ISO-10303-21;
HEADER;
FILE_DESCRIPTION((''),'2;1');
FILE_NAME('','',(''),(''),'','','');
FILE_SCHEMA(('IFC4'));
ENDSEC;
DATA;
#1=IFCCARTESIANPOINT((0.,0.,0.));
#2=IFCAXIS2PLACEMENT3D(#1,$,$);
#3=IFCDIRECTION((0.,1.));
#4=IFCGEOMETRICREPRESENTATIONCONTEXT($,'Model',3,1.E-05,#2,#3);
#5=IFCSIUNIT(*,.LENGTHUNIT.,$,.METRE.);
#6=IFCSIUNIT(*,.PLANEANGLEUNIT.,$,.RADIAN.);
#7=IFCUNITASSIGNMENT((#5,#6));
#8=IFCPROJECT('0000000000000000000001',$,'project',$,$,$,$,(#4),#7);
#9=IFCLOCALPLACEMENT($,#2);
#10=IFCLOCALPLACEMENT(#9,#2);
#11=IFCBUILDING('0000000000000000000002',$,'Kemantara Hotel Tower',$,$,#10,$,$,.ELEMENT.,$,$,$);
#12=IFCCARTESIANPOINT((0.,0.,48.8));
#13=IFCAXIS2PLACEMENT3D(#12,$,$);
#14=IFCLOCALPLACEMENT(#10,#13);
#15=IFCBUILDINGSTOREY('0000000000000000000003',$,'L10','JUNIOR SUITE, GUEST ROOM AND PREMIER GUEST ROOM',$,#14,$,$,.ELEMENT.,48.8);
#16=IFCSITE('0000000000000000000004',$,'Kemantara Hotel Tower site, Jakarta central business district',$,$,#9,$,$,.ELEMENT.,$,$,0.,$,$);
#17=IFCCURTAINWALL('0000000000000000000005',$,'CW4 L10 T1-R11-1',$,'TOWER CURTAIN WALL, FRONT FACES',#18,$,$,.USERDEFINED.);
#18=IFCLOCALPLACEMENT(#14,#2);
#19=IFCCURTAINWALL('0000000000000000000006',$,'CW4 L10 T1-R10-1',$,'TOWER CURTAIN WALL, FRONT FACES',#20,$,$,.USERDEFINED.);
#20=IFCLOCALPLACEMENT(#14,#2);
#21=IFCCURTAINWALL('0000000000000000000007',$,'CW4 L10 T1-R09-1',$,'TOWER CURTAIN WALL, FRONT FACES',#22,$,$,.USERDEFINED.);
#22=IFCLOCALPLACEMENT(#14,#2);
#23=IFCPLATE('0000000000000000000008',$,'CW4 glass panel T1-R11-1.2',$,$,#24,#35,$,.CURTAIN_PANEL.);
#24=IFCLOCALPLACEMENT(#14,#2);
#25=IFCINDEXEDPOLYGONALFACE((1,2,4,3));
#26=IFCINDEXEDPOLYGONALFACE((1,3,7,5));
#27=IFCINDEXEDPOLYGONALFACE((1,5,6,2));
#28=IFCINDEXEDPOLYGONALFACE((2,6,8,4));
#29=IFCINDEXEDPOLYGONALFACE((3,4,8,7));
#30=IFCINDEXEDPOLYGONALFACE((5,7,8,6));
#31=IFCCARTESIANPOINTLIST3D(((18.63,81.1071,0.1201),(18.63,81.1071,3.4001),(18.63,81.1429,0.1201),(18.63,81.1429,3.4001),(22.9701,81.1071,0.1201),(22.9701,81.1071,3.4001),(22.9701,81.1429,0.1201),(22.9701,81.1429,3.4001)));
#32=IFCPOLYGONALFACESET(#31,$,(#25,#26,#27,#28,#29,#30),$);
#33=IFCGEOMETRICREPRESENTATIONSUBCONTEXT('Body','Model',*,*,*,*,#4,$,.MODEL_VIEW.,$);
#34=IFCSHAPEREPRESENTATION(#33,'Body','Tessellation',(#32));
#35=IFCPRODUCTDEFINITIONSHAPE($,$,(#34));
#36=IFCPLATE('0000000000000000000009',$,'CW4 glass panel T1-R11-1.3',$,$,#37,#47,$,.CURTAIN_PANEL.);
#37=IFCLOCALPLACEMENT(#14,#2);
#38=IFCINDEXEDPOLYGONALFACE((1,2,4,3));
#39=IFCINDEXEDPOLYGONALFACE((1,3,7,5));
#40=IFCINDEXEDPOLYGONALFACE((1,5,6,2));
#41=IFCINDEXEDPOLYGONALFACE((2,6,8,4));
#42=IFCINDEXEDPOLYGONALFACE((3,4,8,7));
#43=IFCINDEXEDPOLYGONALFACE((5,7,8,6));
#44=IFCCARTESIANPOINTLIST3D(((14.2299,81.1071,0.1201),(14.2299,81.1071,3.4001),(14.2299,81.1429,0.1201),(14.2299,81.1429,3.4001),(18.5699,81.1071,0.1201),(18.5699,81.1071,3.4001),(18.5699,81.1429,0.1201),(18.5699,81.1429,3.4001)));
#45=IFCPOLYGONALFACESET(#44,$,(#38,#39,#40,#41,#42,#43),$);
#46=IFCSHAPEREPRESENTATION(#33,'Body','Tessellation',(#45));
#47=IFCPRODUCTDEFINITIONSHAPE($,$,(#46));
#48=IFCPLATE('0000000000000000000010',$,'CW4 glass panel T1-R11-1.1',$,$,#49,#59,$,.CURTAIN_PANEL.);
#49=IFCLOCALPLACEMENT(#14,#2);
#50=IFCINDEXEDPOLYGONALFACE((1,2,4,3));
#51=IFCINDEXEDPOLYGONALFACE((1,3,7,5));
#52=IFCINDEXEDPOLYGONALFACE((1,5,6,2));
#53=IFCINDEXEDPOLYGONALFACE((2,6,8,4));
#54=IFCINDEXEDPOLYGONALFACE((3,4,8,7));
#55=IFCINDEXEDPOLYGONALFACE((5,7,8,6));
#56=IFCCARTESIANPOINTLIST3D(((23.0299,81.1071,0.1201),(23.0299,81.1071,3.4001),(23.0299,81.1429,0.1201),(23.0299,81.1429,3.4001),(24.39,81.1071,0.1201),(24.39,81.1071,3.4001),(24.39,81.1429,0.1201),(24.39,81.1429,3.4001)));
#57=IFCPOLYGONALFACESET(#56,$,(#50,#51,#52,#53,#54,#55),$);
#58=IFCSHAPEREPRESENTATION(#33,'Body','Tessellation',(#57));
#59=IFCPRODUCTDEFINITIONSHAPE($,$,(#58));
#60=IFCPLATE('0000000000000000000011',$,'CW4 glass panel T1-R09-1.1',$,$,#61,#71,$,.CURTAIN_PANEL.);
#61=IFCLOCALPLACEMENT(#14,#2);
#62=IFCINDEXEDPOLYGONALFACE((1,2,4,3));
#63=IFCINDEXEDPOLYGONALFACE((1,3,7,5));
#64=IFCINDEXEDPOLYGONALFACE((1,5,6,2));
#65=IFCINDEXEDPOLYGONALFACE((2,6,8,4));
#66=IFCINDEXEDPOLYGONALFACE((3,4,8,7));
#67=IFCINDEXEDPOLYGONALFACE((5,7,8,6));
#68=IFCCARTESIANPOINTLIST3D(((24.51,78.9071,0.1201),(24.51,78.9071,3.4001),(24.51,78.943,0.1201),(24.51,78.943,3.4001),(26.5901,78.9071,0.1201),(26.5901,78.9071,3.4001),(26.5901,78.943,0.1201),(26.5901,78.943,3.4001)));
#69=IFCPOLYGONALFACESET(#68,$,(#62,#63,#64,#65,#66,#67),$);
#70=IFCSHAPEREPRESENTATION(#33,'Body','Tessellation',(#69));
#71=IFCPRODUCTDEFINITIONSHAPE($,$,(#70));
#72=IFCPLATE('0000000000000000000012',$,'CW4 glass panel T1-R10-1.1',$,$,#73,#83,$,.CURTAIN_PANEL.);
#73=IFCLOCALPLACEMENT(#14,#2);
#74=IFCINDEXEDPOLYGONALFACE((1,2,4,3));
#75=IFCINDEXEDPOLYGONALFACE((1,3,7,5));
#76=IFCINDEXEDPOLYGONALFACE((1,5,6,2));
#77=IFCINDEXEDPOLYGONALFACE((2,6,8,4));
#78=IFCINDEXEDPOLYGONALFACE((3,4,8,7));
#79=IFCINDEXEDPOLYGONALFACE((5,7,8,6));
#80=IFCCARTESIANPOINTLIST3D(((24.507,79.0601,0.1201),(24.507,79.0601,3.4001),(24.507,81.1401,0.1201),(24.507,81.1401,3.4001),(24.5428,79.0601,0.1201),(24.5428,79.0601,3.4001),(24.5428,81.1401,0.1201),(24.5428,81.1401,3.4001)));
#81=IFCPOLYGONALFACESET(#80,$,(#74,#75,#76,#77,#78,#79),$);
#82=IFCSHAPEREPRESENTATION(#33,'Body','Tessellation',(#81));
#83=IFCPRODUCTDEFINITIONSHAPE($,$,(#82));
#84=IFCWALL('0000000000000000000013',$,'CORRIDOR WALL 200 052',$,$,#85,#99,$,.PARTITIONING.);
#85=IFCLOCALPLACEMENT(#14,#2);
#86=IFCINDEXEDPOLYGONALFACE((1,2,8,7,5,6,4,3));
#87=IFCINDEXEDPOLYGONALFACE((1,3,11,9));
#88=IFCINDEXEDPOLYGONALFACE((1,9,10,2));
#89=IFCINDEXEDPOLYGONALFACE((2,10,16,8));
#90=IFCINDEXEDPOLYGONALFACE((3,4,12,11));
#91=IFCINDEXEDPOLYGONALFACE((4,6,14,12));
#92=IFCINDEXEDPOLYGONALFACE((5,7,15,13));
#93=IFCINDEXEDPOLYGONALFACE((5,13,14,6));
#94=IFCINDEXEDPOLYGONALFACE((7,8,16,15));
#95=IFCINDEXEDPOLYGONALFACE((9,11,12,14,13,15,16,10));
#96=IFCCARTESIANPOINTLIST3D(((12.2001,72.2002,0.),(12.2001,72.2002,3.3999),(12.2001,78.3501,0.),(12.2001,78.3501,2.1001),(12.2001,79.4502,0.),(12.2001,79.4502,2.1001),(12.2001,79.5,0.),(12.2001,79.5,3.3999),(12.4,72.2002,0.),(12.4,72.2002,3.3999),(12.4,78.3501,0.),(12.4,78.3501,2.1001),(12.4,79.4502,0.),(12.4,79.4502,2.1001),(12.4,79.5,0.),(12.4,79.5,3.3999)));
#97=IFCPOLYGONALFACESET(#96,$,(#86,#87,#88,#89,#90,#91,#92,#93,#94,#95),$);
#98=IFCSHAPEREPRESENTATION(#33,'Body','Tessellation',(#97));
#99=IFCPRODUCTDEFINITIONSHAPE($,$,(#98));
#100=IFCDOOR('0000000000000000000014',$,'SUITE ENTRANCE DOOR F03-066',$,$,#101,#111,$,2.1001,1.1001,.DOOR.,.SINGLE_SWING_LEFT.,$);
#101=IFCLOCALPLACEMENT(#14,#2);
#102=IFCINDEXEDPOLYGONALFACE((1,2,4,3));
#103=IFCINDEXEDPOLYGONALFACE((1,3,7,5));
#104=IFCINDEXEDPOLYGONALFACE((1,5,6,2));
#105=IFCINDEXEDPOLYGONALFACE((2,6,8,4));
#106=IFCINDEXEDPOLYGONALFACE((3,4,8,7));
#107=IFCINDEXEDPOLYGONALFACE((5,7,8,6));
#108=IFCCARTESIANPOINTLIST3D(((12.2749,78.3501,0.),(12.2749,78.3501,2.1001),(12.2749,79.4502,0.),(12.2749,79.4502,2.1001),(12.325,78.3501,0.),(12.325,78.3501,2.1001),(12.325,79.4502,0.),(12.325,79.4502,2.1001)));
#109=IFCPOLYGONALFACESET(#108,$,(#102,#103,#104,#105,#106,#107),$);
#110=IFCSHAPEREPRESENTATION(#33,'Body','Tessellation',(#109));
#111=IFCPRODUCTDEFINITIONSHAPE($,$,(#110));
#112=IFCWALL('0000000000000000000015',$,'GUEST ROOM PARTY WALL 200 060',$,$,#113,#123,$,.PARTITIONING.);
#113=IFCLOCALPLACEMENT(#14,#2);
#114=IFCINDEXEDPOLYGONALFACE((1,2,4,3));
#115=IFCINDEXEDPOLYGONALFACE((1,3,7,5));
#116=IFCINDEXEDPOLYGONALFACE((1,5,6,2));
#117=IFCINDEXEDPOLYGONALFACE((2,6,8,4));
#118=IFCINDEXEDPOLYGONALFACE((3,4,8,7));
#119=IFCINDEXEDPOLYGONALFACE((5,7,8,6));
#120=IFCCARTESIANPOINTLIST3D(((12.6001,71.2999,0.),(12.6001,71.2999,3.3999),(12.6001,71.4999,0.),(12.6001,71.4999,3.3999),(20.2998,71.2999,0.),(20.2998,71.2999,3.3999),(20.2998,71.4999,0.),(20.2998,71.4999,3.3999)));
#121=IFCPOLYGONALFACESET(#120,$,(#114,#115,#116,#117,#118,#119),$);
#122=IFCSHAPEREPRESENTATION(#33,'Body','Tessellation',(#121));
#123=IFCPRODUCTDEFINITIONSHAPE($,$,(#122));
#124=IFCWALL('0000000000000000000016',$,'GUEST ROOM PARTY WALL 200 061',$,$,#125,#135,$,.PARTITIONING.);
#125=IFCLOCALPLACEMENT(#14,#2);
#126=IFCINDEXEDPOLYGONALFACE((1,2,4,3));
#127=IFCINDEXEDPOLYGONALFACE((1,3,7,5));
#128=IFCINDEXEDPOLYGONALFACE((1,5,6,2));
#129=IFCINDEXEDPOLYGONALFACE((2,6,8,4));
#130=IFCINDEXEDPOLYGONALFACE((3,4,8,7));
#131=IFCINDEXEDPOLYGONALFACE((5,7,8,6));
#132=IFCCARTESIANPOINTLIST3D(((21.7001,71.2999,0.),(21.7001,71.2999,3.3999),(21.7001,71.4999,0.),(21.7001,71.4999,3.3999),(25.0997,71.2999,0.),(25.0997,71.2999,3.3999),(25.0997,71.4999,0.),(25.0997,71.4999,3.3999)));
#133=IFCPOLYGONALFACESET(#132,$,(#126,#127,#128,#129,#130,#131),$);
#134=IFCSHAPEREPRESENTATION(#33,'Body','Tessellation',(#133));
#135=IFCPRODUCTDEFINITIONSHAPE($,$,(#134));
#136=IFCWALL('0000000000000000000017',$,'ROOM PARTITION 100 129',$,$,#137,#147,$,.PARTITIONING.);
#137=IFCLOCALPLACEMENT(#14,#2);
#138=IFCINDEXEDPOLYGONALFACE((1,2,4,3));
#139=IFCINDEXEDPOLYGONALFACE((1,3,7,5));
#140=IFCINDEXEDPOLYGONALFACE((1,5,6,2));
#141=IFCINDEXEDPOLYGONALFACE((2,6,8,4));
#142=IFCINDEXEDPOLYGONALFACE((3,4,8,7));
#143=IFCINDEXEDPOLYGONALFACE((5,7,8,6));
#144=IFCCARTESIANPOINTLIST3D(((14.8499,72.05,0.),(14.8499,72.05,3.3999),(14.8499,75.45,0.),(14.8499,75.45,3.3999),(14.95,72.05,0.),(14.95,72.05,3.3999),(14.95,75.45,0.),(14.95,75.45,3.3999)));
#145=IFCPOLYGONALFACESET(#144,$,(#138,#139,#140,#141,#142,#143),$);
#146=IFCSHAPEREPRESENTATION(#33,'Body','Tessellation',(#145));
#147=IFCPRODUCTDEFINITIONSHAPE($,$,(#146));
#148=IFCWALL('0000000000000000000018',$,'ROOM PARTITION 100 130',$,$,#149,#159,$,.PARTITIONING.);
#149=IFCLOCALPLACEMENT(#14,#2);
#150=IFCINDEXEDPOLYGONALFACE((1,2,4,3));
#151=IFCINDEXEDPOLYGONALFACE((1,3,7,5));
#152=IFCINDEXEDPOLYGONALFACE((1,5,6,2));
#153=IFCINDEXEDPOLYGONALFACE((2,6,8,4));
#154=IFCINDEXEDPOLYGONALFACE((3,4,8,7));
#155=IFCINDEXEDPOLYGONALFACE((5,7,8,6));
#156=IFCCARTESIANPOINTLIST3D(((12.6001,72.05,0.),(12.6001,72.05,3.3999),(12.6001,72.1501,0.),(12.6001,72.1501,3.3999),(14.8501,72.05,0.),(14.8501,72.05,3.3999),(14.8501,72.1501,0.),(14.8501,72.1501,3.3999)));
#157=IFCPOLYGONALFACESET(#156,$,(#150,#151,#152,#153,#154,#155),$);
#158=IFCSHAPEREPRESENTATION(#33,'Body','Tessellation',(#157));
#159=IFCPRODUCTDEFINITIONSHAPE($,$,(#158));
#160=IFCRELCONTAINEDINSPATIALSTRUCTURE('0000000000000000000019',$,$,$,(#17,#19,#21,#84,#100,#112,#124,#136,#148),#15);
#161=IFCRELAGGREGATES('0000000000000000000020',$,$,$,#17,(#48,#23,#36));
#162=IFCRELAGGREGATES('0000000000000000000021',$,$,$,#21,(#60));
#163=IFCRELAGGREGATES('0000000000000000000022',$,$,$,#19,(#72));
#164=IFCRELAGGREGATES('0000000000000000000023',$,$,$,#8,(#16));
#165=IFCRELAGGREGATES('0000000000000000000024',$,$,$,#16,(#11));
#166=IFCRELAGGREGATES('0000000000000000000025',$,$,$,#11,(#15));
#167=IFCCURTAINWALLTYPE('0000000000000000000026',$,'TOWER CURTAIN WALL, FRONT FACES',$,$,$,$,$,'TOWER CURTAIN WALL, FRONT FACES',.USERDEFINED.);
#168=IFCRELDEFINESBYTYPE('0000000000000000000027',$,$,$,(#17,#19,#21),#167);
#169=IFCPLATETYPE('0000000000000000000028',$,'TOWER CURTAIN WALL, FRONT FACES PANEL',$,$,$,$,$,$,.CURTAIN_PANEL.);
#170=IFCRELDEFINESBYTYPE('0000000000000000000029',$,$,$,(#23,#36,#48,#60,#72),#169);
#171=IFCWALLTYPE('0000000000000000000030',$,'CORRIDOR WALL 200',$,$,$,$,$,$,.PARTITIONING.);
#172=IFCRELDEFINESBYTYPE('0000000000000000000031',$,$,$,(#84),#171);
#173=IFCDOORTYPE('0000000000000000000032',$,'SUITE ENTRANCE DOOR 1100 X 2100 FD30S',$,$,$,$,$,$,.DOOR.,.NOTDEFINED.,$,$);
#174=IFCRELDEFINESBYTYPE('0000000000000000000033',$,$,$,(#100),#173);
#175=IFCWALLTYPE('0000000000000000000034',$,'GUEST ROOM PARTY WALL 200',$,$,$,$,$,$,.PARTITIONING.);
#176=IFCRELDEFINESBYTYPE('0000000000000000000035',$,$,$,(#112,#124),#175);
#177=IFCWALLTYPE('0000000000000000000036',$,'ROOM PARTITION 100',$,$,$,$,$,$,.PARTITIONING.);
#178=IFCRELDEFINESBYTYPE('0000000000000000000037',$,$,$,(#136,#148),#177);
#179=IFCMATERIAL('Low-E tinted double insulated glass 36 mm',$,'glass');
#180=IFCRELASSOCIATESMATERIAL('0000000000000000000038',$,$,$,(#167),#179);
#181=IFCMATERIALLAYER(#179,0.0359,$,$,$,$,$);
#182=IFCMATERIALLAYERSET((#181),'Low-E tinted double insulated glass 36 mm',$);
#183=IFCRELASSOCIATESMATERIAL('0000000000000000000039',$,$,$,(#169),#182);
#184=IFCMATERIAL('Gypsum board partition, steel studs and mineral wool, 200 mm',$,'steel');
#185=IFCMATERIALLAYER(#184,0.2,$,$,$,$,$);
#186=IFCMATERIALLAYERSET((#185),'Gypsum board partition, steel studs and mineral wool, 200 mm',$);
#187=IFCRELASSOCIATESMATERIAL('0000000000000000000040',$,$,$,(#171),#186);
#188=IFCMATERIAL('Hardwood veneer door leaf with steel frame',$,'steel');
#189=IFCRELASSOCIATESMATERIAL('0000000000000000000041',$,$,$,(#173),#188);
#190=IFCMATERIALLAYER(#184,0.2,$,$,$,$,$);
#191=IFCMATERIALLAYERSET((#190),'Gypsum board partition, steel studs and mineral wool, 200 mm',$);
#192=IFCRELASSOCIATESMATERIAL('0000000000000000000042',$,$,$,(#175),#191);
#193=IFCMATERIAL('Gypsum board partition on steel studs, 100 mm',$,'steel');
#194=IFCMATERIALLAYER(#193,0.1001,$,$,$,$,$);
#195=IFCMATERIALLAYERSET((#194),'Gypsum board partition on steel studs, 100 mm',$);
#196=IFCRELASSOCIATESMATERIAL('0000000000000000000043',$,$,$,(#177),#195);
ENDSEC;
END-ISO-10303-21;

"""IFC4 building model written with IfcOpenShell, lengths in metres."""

from ifc_helpers import new_model, si_unit, direction, frame, frame_2d, origin, origin_2d, place, context, subcontext, project, spatial, rectangle, extrude, source, transform, mapped, material, layer, layer_set, type_object, element, fill, aggregate, save


model = new_model("IFC4")

# Units and contexts
model_context = context("Model", 3, precision=1e-05, world=origin(), true_north=direction((0.0, 1.0)))
body_context = subcontext(model_context, "Body", "Model", "MODEL_VIEW")
ifc_project = project(units=[si_unit("LENGTHUNIT", "METRE"), si_unit("PLANEANGLEUNIT", "RADIAN")], contexts=[model_context])

# Site, building, storey
site_placement = place(None, origin())
site = spatial("IfcSite", under=ifc_project, at=site_placement, Name="Kemantara Hotel Tower site, Jakarta central business district", CompositionType="ELEMENT", RefElevation=0.0)
building_placement = place(site_placement, origin())
building = spatial("IfcBuilding", under=site, at=building_placement, Name="Kemantara Hotel Tower", CompositionType="ELEMENT")
storey_placement = place(building_placement, frame((0.0, 0.0, 48.8)))
storey = spatial("IfcBuildingStorey", under=building, at=storey_placement, Name="L10", Description="JUNIOR SUITE, GUEST ROOM AND PREMIER GUEST ROOM", CompositionType="ELEMENT", Elevation=48.8)

# Curtain walls
ifc_material_1 = material(Name="Low-E tinted double insulated glass 36 mm", Category="glass")
curtain_wall_type = type_object("IfcCurtainWallType", Name="TOWER CURTAIN WALL, FRONT FACES", ElementType="TOWER CURTAIN WALL, FRONT FACES", PredefinedType="USERDEFINED", material=ifc_material_1)
curtain_wall_1_placement = place(storey_placement, origin())
curtain_wall_1 = element("IfcCurtainWall", 1, at=curtain_wall_1_placement, inside=storey, type_object=curtain_wall_type, Name="CW4 L10 T1-R11-1", ObjectType="TOWER CURTAIN WALL, FRONT FACES", PredefinedType="USERDEFINED")
curtain_wall_2_placement = place(storey_placement, origin())
curtain_wall_2 = element("IfcCurtainWall", 2, at=curtain_wall_2_placement, inside=storey, type_object=curtain_wall_type, Name="CW4 L10 T1-R10-1", ObjectType="TOWER CURTAIN WALL, FRONT FACES", PredefinedType="USERDEFINED")

# Curtain wall
curtain_wall_3_placement = place(storey_placement, origin())
curtain_wall_3 = element("IfcCurtainWall", 3, at=curtain_wall_3_placement, inside=storey, type_object=curtain_wall_type, Name="CW4 L10 T1-R09-1", ObjectType="TOWER CURTAIN WALL, FRONT FACES", PredefinedType="USERDEFINED")

# Plates
ifc_layer_1 = layer(ifc_material_1, 0.0359)
ifc_layer_set_1 = layer_set([ifc_layer_1], Name="Low-E tinted double insulated glass 36 mm")
plate_type = type_object("IfcPlateType", Name="TOWER CURTAIN WALL, FRONT FACES PANEL", PredefinedType="CURTAIN_PANEL", material=ifc_layer_set_1)
shared_shape_1 = source(origin(), body_context, "Body", "SweptSolid", [
    extrude(rectangle(XDim=4.3401, YDim=0.0359, at=origin_2d()), origin(), (0.0, 0.0, 1.0), 3.28),
])
plate_1_placement = place(storey_placement, frame((20.8, 81.125, 0.1201), z_axis=(0.0, 0.0, 1.0), x_axis=(-1.0, 0.0, 0.0)))
plate_1 = element("IfcPlate", 4, at=plate_1_placement, type_object=plate_type, Name="CW4 glass panel T1-R11-1.2", PredefinedType="CURTAIN_PANEL", context=body_context, shape_type="MappedRepresentation", body=[
    mapped(shared_shape_1, transform((0.0, 0.0, 0.0))),
])
plate_2_placement = place(storey_placement, frame((16.3999, 81.125, 0.1201), z_axis=(0.0, 0.0, 1.0), x_axis=(-1.0, 0.0, 0.0)))
plate_2 = element("IfcPlate", 5, at=plate_2_placement, type_object=plate_type, Name="CW4 glass panel T1-R11-1.3", PredefinedType="CURTAIN_PANEL", context=body_context, shape_type="MappedRepresentation", body=[
    mapped(shared_shape_1, transform((0.0, 0.0, 0.0))),
])
shared_shape_2 = source(origin(), body_context, "Body", "SweptSolid", [
    extrude(rectangle(XDim=1.3601, YDim=0.0359, at=origin_2d()), origin(), (0.0, 0.0, 1.0), 3.28),
])
plate_3_placement = place(storey_placement, frame((23.71, 81.125, 0.1201), z_axis=(0.0, 0.0, 1.0), x_axis=(-1.0, 0.0, 0.0)))
plate_3 = element("IfcPlate", 6, at=plate_3_placement, type_object=plate_type, Name="CW4 glass panel T1-R11-1.1", PredefinedType="CURTAIN_PANEL", context=body_context, shape_type="MappedRepresentation", body=[
    mapped(shared_shape_2, transform((0.0, 0.0, 0.0))),
])
aggregate(curtain_wall_1, [plate_3, plate_1, plate_2])
shared_shape_3 = source(origin(), body_context, "Body", "SweptSolid", [
    extrude(rectangle(XDim=2.0801, YDim=0.0359, at=origin_2d()), origin(), (0.0, 0.0, 1.0), 3.28),
])
plate_4_placement = place(storey_placement, frame((25.55, 78.925, 0.1201), z_axis=(0.0, 0.0, 1.0), x_axis=(-1.0, 0.0, 0.0)))
plate_4 = element("IfcPlate", 7, at=plate_4_placement, type_object=plate_type, Name="CW4 glass panel T1-R09-1.1", PredefinedType="CURTAIN_PANEL", context=body_context, shape_type="MappedRepresentation", body=[
    mapped(shared_shape_3, transform((0.0, 0.0, 0.0))),
])
aggregate(curtain_wall_3, [plate_4])
plate_5_placement = place(storey_placement, frame((24.5249, 80.1001, 0.1201), z_axis=(0.0, 0.0, 1.0), x_axis=(0.0, 1.0, 0.0)))
plate_5 = element("IfcPlate", 8, at=plate_5_placement, type_object=plate_type, Name="CW4 glass panel T1-R10-1.1", PredefinedType="CURTAIN_PANEL", context=body_context, shape_type="MappedRepresentation", body=[
    mapped(shared_shape_3, transform((0.0, 0.0, 0.0))),
])
aggregate(curtain_wall_2, [plate_5])

# Wall, opening, door
ifc_material_2 = material(Name="Gypsum board partition, steel studs and mineral wool, 200 mm", Category="steel")
ifc_layer_2 = layer(ifc_material_2, 0.2)
ifc_layer_set_2 = layer_set([ifc_layer_2], Name="Gypsum board partition, steel studs and mineral wool, 200 mm")
wall_type_1 = type_object("IfcWallType", Name="CORRIDOR WALL 200", PredefinedType="PARTITIONING", material=ifc_layer_set_2)
wall_1_placement = place(storey_placement, frame((12.3, 79.5, 0.0), z_axis=(0.0, 0.0, 1.0), x_axis=(0.0, -1.0, 0.0)))
wall_1 = element("IfcWall", 9, at=wall_1_placement, inside=storey, type_object=wall_type_1, Name="CORRIDOR WALL 200 052", PredefinedType="PARTITIONING", context=body_context, shape_type="SweptSolid", body=[
    extrude(rectangle(XDim=7.2998, YDim=0.2, at=frame_2d((3.6499, 0.0))), origin(), (0.0, 0.0, 1.0), 3.3999),
])
opening_1_placement = place(wall_1_placement, frame((0.0498, 0.0, 0.0)))
opening_1 = element("IfcOpeningElement", 10, at=opening_1_placement, cuts=wall_1, PredefinedType="OPENING", context=body_context, shape_type="SweptSolid", body=[
    extrude(rectangle(XDim=1.1001, YDim=2.1001, at=frame_2d((0.55, 1.05))), frame((0.0, 0.1099, 0.0), z_axis=(0.0, -1.0, 0.0), x_axis=(1.0, 0.0, 0.0)), (0.0, 0.0, 1.0), 0.22),
])
ifc_material_3 = material(Name="Hardwood veneer door leaf with steel frame", Category="steel")
door_type_1 = type_object("IfcDoorType", Name="SUITE ENTRANCE DOOR 1100 X 2100 FD30S", OperationType="NOTDEFINED", PredefinedType="DOOR", material=ifc_material_3)
door_1_placement = place(opening_1_placement, origin())
door_1 = element("IfcDoor", 11, at=door_1_placement, inside=storey, type_object=door_type_1, Name="SUITE ENTRANCE DOOR F03-066", OperationType="SINGLE_SWING_LEFT", OverallHeight=2.1001, OverallWidth=1.1001, PredefinedType="DOOR", context=body_context, shape_type="SweptSolid", body=[
    extrude(rectangle(XDim=1.1001, YDim=2.1001, at=frame_2d((0.55, 1.05))), frame((0.0, 0.0249, 0.0), z_axis=(0.0, -1.0, 0.0), x_axis=(1.0, 0.0, 0.0)), (0.0, 0.0, 1.0), 0.05),
])
fill(opening_1, door_1)

# Walls
ifc_layer_3 = layer(ifc_material_2, 0.2)
ifc_layer_set_3 = layer_set([ifc_layer_3], Name="Gypsum board partition, steel studs and mineral wool, 200 mm")
wall_type_2 = type_object("IfcWallType", Name="GUEST ROOM PARTY WALL 200", PredefinedType="PARTITIONING", material=ifc_layer_set_3)
wall_2_placement = place(storey_placement, frame((12.6001, 71.3999, 0.0), z_axis=(0.0, 0.0, 1.0), x_axis=(1.0, 0.0, 0.0)))
element("IfcWall", 12, at=wall_2_placement, inside=storey, type_object=wall_type_2, Name="GUEST ROOM PARTY WALL 200 060", PredefinedType="PARTITIONING", context=body_context, shape_type="SweptSolid", body=[
    extrude(rectangle(XDim=7.6997, YDim=0.2, at=frame_2d((3.8499, 0.0))), origin(), (0.0, 0.0, 1.0), 3.3999),
])
wall_3_placement = place(storey_placement, frame((21.7002, 71.3999, 0.0), z_axis=(0.0, 0.0, 1.0), x_axis=(1.0, 0.0, 0.0)))
element("IfcWall", 13, at=wall_3_placement, inside=storey, type_object=wall_type_2, Name="GUEST ROOM PARTY WALL 200 061", PredefinedType="PARTITIONING", context=body_context, shape_type="SweptSolid", body=[
    extrude(rectangle(XDim=3.3997, YDim=0.2, at=frame_2d((1.6997, 0.0))), origin(), (0.0, 0.0, 1.0), 3.3999),
])
ifc_material_4 = material(Name="Gypsum board partition on steel studs, 100 mm", Category="steel")
ifc_layer_4 = layer(ifc_material_4, 0.1001)
ifc_layer_set_4 = layer_set([ifc_layer_4], Name="Gypsum board partition on steel studs, 100 mm")
wall_type_3 = type_object("IfcWallType", Name="ROOM PARTITION 100", PredefinedType="PARTITIONING", material=ifc_layer_set_4)
wall_4_placement = place(storey_placement, frame((14.8999, 72.05, 0.0), z_axis=(0.0, 0.0, 1.0), x_axis=(0.0, 1.0, 0.0)))
element("IfcWall", 14, at=wall_4_placement, inside=storey, type_object=wall_type_3, Name="ROOM PARTITION 100 129", PredefinedType="PARTITIONING", context=body_context, shape_type="SweptSolid", body=[
    extrude(rectangle(XDim=3.3999, YDim=0.1001, at=frame_2d((1.7, 0.0))), origin(), (0.0, 0.0, 1.0), 3.3999),
])
wall_5_placement = place(storey_placement, frame((12.6001, 72.1001, 0.0), z_axis=(0.0, 0.0, 1.0), x_axis=(1.0, 0.0, 0.0)))
element("IfcWall", 15, at=wall_5_placement, inside=storey, type_object=wall_type_3, Name="ROOM PARTITION 100 130", PredefinedType="PARTITIONING", context=body_context, shape_type="SweptSolid", body=[
    extrude(rectangle(XDim=2.25, YDim=0.1001, at=frame_2d((1.125, 0.0))), origin(), (0.0, 0.0, 1.0), 3.3999),
])

save(model, "model.ifc")
